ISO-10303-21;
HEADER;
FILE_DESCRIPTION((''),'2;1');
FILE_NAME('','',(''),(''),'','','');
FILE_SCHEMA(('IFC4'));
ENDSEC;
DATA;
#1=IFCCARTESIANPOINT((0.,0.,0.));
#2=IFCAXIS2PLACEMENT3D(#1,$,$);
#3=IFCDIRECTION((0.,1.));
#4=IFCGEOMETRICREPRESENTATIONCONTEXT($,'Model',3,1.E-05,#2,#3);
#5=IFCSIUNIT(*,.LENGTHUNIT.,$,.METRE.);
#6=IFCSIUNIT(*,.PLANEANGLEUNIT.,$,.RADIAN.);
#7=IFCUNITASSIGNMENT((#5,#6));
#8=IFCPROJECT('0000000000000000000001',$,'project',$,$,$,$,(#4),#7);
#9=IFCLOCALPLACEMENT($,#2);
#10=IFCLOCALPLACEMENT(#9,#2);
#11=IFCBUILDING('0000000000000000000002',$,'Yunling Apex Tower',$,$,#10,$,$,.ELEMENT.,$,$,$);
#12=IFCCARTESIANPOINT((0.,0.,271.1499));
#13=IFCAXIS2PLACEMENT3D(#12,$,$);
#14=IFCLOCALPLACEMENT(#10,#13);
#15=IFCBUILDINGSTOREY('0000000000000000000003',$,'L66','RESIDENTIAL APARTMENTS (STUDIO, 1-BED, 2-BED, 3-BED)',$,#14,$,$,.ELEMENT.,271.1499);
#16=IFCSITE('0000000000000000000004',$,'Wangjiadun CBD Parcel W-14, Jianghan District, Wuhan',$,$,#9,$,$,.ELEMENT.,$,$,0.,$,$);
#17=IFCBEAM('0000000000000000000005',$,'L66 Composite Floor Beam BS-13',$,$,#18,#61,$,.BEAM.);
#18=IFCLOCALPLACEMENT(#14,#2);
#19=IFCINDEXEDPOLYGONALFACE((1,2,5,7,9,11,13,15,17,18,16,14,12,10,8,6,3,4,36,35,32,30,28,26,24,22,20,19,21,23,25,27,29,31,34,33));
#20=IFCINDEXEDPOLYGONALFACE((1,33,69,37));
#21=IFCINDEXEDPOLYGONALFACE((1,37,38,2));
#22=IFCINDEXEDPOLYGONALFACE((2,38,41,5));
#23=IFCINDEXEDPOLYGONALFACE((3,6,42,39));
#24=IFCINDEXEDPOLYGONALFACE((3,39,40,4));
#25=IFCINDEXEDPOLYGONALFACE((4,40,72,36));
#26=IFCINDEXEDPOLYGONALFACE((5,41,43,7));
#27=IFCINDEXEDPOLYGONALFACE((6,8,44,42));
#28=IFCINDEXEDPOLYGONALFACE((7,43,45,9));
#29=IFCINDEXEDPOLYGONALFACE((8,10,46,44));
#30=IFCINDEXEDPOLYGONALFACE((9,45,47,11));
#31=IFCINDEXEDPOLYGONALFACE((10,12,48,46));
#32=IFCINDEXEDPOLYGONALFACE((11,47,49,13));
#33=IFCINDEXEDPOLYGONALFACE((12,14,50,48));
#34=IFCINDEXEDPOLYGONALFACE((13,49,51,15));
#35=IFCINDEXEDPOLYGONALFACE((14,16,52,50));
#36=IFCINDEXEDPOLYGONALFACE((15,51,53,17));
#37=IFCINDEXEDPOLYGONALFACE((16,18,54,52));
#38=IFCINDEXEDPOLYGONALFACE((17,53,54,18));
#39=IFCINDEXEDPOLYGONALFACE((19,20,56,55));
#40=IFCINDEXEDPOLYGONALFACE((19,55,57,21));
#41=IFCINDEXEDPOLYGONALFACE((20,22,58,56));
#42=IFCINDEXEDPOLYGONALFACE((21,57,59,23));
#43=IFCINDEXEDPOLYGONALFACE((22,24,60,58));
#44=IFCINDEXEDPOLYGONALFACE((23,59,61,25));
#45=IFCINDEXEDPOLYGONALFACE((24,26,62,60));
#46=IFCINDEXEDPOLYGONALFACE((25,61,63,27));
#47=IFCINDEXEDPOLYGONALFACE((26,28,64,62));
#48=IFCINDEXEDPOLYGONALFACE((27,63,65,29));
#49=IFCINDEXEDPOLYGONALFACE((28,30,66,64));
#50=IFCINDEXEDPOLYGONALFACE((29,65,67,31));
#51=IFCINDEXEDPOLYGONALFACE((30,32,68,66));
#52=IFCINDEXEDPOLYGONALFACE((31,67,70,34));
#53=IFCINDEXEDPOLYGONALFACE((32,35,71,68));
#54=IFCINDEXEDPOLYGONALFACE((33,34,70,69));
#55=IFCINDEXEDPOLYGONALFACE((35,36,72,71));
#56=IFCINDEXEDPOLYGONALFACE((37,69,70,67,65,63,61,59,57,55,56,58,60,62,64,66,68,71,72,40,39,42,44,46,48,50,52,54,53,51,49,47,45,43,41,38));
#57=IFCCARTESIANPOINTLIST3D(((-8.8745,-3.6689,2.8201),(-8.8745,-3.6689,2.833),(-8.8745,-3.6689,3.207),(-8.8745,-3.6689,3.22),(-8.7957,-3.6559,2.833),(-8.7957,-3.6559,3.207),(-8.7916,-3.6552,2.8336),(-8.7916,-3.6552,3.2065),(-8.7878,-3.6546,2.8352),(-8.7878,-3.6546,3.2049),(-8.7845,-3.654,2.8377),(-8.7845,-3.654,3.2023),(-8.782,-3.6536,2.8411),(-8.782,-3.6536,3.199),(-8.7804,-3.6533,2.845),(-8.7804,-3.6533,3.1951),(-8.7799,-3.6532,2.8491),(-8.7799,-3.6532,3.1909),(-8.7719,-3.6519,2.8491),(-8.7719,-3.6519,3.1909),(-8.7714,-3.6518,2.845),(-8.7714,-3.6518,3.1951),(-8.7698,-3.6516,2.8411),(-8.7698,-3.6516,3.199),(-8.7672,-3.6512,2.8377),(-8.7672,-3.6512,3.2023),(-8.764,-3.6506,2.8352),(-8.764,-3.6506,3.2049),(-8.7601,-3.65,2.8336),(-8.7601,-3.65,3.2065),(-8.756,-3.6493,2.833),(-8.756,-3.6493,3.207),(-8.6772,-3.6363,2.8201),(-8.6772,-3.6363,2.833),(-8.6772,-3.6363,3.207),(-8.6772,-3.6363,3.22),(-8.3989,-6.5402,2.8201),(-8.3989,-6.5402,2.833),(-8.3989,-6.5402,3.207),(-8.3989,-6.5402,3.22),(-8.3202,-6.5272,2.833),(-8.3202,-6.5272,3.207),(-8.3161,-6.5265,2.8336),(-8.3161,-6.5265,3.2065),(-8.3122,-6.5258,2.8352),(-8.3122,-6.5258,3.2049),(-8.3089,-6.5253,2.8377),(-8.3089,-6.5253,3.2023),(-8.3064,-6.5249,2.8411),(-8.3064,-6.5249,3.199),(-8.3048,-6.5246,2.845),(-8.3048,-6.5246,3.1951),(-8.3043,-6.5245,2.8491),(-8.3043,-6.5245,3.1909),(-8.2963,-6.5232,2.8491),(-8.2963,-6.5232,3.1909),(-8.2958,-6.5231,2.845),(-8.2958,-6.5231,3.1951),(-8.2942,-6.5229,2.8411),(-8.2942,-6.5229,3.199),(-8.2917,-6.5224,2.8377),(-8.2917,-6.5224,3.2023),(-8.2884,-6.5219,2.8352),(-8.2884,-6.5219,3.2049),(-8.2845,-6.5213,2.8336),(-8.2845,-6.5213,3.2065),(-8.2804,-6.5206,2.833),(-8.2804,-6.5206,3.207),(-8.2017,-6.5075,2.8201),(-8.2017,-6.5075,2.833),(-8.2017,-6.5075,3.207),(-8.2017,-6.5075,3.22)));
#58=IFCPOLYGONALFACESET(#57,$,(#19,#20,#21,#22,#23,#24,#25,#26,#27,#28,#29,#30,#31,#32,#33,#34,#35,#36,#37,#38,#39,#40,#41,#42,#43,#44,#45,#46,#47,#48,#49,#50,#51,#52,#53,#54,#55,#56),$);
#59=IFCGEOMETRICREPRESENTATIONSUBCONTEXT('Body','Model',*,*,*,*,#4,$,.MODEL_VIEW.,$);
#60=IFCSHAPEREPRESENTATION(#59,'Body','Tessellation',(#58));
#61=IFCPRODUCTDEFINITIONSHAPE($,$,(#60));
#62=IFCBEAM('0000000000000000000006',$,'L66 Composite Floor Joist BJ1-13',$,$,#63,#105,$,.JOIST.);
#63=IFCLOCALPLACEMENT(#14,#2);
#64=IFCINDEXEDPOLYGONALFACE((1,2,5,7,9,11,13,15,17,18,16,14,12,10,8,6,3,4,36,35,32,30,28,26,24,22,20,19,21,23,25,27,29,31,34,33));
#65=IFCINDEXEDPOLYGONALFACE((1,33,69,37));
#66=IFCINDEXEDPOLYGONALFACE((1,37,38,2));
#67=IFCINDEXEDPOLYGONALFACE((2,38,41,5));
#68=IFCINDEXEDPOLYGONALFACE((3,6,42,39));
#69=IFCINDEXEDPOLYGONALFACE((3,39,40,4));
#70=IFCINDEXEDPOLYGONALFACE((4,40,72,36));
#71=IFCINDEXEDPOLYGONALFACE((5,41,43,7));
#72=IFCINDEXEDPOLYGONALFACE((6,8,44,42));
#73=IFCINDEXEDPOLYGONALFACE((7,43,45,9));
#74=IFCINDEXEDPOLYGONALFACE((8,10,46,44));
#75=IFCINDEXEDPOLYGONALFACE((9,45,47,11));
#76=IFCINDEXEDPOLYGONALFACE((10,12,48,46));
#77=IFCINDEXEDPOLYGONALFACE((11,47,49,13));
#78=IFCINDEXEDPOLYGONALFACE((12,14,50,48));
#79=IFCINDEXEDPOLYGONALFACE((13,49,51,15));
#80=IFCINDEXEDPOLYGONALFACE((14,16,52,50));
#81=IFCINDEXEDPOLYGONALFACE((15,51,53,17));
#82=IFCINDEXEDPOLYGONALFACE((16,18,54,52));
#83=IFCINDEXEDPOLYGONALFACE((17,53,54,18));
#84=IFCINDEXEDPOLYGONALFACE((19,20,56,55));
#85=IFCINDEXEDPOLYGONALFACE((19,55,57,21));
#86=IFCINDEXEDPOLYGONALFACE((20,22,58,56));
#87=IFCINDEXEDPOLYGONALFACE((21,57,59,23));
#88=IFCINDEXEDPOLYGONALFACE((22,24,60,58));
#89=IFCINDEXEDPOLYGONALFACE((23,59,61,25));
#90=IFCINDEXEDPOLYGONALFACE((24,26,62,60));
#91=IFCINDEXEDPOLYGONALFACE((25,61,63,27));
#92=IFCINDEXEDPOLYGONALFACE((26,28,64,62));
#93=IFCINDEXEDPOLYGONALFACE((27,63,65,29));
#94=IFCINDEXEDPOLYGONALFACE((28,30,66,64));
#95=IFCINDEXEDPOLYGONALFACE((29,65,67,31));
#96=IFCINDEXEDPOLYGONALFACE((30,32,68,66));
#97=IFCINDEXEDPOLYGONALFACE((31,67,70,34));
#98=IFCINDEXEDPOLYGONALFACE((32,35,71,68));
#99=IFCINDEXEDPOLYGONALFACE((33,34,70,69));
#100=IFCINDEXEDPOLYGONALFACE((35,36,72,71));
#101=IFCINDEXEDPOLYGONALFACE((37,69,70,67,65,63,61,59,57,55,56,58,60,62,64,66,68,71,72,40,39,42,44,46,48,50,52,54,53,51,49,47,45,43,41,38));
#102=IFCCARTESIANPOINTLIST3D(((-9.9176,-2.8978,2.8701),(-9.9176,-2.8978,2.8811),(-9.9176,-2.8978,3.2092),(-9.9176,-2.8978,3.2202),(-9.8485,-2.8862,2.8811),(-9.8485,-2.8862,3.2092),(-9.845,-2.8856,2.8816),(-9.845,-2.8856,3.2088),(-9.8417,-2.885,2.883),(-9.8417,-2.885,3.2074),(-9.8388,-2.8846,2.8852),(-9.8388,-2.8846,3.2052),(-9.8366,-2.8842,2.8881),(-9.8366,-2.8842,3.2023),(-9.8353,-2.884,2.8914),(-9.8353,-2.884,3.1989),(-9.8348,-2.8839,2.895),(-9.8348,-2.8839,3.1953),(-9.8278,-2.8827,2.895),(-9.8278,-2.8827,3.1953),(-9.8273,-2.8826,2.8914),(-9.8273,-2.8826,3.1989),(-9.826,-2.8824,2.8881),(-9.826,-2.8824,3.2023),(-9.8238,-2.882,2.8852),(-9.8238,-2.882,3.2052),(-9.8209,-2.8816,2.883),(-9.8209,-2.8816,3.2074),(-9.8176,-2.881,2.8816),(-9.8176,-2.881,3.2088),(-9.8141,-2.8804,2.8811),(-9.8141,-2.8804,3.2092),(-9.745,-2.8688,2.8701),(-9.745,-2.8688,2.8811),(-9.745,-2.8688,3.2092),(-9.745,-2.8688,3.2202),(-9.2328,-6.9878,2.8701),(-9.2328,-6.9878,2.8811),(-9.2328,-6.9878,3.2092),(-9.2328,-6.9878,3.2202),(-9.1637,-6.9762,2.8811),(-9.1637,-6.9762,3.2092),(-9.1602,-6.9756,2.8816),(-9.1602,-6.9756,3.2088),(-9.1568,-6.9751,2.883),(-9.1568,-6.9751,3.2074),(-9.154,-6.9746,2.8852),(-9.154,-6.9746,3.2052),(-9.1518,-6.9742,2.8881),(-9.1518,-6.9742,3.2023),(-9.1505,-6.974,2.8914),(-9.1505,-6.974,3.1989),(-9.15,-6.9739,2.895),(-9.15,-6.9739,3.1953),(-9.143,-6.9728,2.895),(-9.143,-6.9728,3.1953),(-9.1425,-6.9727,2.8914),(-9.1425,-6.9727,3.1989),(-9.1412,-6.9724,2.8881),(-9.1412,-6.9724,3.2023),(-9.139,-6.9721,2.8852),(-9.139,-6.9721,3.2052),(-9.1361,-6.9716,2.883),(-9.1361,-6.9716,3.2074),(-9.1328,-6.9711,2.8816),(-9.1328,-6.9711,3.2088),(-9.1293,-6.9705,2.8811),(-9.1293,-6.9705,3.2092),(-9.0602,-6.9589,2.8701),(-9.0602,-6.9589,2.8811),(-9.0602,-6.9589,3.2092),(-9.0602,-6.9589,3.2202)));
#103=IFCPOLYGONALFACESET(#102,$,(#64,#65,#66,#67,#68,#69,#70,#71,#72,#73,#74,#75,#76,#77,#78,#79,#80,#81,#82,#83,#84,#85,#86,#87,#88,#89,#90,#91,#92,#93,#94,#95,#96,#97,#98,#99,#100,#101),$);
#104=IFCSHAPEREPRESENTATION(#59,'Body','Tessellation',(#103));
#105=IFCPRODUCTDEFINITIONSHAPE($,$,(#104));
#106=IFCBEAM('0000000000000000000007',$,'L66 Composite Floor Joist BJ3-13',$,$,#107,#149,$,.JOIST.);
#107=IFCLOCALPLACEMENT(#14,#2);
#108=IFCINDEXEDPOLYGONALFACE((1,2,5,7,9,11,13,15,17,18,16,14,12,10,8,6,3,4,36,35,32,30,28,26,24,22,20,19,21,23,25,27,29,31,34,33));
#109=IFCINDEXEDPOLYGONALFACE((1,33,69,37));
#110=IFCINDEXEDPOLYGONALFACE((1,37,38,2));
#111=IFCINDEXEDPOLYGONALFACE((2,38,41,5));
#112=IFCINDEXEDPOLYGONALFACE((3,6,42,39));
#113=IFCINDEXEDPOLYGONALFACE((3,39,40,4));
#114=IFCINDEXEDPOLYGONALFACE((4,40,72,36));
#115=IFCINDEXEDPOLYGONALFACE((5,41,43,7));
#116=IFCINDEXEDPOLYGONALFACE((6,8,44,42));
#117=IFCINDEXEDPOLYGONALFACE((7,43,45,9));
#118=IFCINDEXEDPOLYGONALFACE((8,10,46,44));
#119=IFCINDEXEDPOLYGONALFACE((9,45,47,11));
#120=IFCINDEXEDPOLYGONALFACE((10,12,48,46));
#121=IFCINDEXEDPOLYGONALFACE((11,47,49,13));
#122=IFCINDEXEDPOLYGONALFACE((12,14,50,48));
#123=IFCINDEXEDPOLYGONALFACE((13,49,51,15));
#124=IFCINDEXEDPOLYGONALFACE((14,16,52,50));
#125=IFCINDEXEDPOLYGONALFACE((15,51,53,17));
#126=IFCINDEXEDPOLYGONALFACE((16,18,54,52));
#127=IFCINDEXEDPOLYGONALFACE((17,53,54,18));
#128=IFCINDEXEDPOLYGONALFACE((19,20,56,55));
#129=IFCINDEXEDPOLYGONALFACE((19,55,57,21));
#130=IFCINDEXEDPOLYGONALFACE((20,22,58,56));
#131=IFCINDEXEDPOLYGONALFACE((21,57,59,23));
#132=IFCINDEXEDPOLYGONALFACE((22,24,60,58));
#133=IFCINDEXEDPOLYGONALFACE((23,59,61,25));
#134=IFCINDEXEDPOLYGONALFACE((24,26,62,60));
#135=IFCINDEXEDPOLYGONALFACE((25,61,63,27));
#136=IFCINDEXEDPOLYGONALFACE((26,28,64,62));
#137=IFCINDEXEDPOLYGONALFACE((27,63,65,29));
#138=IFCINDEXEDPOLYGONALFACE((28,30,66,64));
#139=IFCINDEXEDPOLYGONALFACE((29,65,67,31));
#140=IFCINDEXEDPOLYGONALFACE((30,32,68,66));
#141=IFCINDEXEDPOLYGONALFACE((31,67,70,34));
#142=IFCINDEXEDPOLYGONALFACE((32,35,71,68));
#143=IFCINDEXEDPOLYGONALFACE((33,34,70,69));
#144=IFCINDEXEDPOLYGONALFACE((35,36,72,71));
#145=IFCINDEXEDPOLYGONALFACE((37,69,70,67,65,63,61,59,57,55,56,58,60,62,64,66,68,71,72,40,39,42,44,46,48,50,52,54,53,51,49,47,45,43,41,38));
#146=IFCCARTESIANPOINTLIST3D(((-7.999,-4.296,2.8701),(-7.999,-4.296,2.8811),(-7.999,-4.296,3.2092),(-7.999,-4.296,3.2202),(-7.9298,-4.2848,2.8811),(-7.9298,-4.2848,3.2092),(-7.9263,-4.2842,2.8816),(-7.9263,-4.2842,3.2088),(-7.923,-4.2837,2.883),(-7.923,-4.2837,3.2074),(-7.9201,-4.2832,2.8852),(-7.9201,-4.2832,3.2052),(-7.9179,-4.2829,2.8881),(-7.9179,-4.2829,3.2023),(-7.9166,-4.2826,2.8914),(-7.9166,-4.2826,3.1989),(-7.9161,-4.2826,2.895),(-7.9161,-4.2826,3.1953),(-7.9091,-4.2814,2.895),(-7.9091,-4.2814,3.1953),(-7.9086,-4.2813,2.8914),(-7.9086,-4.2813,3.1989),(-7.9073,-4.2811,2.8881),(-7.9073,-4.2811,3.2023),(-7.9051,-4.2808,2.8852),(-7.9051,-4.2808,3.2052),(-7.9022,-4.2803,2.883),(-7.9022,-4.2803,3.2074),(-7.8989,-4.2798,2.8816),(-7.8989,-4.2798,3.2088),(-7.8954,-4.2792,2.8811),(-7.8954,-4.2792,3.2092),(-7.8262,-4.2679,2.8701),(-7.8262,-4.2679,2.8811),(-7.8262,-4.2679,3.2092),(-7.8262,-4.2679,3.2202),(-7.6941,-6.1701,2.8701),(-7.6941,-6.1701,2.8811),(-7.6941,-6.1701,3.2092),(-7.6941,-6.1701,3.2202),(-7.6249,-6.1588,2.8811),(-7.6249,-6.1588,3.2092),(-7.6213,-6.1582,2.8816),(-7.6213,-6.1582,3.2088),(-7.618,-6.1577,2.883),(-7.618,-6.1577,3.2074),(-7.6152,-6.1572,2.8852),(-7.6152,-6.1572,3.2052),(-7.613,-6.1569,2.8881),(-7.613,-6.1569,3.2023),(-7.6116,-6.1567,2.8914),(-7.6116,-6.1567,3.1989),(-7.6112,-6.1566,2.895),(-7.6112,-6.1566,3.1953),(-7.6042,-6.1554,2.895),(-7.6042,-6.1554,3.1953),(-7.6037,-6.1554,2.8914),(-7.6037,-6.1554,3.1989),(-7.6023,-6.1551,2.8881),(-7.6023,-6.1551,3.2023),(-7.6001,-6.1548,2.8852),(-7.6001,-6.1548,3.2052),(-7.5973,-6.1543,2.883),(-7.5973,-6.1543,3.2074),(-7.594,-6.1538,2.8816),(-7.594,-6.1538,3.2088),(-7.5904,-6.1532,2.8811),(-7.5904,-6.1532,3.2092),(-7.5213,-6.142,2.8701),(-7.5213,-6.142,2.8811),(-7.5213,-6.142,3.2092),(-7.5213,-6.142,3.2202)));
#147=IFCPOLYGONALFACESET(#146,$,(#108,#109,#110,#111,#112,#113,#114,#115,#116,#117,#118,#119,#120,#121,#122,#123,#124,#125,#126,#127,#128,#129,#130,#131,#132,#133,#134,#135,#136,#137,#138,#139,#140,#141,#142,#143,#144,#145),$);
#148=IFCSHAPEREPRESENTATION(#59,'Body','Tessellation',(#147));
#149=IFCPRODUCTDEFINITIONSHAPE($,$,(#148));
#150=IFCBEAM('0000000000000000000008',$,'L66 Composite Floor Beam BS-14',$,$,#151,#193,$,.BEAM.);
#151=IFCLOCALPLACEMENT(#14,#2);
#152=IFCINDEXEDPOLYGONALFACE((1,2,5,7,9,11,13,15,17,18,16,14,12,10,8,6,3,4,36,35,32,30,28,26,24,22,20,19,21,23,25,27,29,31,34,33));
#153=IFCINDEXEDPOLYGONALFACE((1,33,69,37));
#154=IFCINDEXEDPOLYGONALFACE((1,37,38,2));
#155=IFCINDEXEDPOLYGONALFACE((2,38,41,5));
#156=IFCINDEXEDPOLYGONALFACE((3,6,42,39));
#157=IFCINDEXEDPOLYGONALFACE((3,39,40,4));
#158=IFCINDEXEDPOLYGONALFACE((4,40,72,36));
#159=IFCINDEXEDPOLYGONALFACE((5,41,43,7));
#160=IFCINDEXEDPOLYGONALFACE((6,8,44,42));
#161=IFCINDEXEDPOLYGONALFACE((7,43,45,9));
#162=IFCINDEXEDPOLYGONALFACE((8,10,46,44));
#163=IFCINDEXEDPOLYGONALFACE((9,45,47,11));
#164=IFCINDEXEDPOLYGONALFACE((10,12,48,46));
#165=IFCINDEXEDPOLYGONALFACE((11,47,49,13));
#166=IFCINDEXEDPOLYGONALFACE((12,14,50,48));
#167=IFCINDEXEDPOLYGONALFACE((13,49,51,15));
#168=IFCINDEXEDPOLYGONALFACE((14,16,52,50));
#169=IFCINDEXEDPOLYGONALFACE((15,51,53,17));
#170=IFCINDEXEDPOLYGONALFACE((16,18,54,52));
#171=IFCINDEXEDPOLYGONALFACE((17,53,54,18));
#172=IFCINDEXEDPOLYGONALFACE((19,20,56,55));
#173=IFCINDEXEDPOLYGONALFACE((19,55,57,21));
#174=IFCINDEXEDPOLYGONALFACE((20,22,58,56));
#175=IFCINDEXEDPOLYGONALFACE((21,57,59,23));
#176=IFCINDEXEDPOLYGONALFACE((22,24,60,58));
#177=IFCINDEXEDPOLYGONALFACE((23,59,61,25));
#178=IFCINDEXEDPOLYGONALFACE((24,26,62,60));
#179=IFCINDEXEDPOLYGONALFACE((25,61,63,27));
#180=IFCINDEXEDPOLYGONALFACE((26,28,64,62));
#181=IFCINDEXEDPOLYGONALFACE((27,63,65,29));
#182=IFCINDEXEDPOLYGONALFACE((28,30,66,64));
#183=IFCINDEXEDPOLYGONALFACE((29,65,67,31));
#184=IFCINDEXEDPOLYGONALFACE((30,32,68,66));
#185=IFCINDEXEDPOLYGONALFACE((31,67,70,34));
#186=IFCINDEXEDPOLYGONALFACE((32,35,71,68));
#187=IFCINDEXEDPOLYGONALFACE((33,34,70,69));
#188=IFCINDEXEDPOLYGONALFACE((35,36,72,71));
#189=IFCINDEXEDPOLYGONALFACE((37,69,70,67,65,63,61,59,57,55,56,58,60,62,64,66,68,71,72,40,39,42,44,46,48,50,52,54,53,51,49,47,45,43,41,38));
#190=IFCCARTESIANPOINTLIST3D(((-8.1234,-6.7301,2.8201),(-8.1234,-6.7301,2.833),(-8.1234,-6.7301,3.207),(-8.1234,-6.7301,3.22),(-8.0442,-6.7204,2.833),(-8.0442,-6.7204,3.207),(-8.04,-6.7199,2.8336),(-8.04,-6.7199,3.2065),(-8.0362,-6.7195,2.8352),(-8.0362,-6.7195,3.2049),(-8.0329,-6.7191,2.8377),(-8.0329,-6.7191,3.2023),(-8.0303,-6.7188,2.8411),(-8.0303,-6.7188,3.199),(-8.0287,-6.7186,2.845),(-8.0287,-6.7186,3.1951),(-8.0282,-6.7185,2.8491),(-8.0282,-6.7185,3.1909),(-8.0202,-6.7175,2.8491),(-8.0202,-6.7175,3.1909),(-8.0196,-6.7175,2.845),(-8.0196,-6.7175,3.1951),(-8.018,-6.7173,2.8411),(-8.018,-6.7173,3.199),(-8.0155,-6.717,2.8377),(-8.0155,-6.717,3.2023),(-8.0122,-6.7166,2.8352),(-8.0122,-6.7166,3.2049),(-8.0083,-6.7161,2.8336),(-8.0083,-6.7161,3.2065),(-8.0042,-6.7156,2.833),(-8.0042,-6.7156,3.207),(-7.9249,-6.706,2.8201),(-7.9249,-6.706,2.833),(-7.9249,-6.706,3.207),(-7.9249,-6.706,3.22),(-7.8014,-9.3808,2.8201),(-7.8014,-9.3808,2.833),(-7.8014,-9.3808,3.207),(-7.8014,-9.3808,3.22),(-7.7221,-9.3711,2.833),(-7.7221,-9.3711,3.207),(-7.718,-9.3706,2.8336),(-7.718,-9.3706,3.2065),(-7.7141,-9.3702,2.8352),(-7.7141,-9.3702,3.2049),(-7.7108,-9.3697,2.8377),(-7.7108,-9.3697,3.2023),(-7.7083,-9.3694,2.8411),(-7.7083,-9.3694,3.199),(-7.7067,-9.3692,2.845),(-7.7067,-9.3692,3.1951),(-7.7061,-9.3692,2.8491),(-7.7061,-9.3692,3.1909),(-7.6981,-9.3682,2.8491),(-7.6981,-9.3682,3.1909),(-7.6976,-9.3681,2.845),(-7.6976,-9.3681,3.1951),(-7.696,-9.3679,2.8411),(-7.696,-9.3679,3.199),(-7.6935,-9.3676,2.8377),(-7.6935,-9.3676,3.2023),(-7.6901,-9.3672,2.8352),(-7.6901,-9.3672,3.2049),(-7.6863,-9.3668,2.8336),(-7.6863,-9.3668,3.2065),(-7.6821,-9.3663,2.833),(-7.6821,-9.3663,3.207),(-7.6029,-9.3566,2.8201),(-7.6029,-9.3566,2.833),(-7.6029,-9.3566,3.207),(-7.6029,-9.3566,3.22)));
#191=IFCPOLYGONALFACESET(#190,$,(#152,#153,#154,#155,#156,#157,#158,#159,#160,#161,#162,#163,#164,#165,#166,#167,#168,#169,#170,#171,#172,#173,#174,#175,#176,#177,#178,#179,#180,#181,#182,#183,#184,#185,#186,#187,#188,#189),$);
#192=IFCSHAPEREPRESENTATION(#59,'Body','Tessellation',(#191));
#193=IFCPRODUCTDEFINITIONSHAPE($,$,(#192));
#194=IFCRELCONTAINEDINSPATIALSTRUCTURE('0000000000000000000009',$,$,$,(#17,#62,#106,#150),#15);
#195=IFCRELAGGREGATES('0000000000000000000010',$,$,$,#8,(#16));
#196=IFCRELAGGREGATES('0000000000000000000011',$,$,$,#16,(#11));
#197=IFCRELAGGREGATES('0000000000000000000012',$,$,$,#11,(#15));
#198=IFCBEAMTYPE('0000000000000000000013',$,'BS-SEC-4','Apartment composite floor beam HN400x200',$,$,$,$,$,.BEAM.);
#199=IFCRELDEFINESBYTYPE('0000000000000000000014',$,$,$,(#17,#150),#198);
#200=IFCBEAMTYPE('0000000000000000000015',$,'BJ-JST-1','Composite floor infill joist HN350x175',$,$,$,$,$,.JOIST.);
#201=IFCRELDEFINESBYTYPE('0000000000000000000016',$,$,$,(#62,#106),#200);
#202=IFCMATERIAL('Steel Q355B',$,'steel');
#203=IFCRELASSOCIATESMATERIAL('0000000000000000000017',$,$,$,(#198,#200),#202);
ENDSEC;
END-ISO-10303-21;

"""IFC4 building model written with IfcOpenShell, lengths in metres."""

from ifc_helpers import new_model, si_unit, direction, frame, origin, origin_2d, place, context, subcontext, project, spatial, i_section, extrude, source, transform, mapped, material, material_profile, profile_set, type_object, element, save


model = new_model("IFC4")

# Units and contexts
model_context = context("Model", 3, precision=1e-05, world=origin(), true_north=direction((0.0, 1.0)))
body_context = subcontext(model_context, "Body", "Model", "MODEL_VIEW")
ifc_project = project(units=[si_unit("LENGTHUNIT", "METRE"), si_unit("PLANEANGLEUNIT", "RADIAN")], contexts=[model_context])

# Site, building, storey
site_placement = place(None, origin())
site = spatial("IfcSite", under=ifc_project, at=site_placement, Name="Wangjiadun CBD Parcel W-14, Jianghan District, Wuhan", CompositionType="ELEMENT", RefElevation=0.0)
building_placement = place(site_placement, origin())
building = spatial("IfcBuilding", under=site, at=building_placement, Name="Yunling Apex Tower", CompositionType="ELEMENT")
storey_placement = place(building_placement, frame((0.0, 0.0, 271.1499)))
storey = spatial("IfcBuildingStorey", under=building, at=storey_placement, Name="L66", Description="RESIDENTIAL APARTMENTS (STUDIO, 1-BED, 2-BED, 3-BED)", CompositionType="ELEMENT", Elevation=271.1499)

# Shared definitions
ifc_material_1 = material(Name="Steel Q355B", Category="steel")

# Beams
ifc_material_profile_1 = material_profile(ifc_material_1, i_section(OverallWidth=0.2, OverallDepth=0.3999, WebThickness=0.0081, FlangeThickness=0.0129, FilletRadius=0.0161, at=origin_2d()))
ifc_profile_set_1 = profile_set([ifc_material_profile_1], Name="Steel Q355B")
beam_type_1 = type_object("IfcBeamType", Name="BS-SEC-4", Description="Apartment composite floor beam HN400x200", PredefinedType="BEAM", material=ifc_profile_set_1)
shared_shape_1 = source(origin(), body_context, "Body", "SweptSolid", [
    extrude(i_section(OverallWidth=0.2, OverallDepth=0.3999, WebThickness=0.0081, FlangeThickness=0.0129, FilletRadius=0.0161, at=origin_2d()), origin(), (0.0, 0.0, 1.0), 2.9104),
])
beam_1_placement = place(storey_placement, frame((-8.7759, -3.6526, 3.02), z_axis=(0.163406, -0.986559, 0.0), x_axis=(0.986559, 0.163406, 0.0)))
element("IfcBeam", 1, at=beam_1_placement, inside=storey, type_object=beam_type_1, Name="L66 Composite Floor Beam BS-13", PredefinedType="BEAM", context=body_context, shape_type="MappedRepresentation", body=[
    mapped(shared_shape_1, transform((0.0, 0.0, 0.0), scale=1.0)),
])
ifc_material_profile_2 = material_profile(ifc_material_1, i_section(OverallWidth=0.175, OverallDepth=0.3501, WebThickness=0.0071, FlangeThickness=0.011, FilletRadius=0.0139, at=origin_2d()))
ifc_profile_set_2 = profile_set([ifc_material_profile_2], Name="Steel Q355B")
beam_type_2 = type_object("IfcBeamType", Name="BJ-JST-1", Description="Composite floor infill joist HN350x175", PredefinedType="JOIST", material=ifc_profile_set_2)
shared_shape_2 = source(origin(), body_context, "Body", "SweptSolid", [
    extrude(i_section(OverallWidth=0.175, OverallDepth=0.3501, WebThickness=0.0071, FlangeThickness=0.011, FilletRadius=0.0139, at=origin_2d()), origin(), (0.0, 0.0, 1.0), 4.147),
])
beam_2_placement = place(storey_placement, frame((-9.8313, -2.8833, 3.0452), z_axis=(0.165134, -0.986271, 0.0), x_axis=(0.986271, 0.165134, 0.0)))
element("IfcBeam", 2, at=beam_2_placement, inside=storey, type_object=beam_type_2, Name="L66 Composite Floor Joist BJ1-13", PredefinedType="JOIST", context=body_context, shape_type="MappedRepresentation", body=[
    mapped(shared_shape_2, transform((0.0, 0.0, 0.0), scale=1.0)),
])
shared_shape_3 = source(origin(), body_context, "Body", "SweptSolid", [
    extrude(i_section(OverallWidth=0.175, OverallDepth=0.3501, WebThickness=0.0071, FlangeThickness=0.011, FilletRadius=0.0139, at=origin_2d()), origin(), (0.0, 0.0, 1.0), 1.8987),
])
beam_3_placement = place(storey_placement, frame((-7.9126, -4.282, 3.0452), z_axis=(0.160603, -0.987019, 0.0), x_axis=(0.987019, 0.160603, 0.0)))
element("IfcBeam", 3, at=beam_3_placement, inside=storey, type_object=beam_type_2, Name="L66 Composite Floor Joist BJ3-13", PredefinedType="JOIST", context=body_context, shape_type="MappedRepresentation", body=[
    mapped(shared_shape_3, transform((0.0, 0.0, 0.0), scale=1.0)),
])
shared_shape_4 = source(origin(), body_context, "Body", "SweptSolid", [
    extrude(i_section(OverallWidth=0.2, OverallDepth=0.3999, WebThickness=0.0081, FlangeThickness=0.0129, FilletRadius=0.0161, at=origin_2d()), origin(), (0.0, 0.0, 1.0), 2.6702),
])
beam_4_placement = place(storey_placement, frame((-8.0242, -6.718, 3.02), z_axis=(0.120602, -0.992701, 0.0), x_axis=(0.992701, 0.120602, 0.0)))
element("IfcBeam", 4, at=beam_4_placement, inside=storey, type_object=beam_type_1, Name="L66 Composite Floor Beam BS-14", PredefinedType="BEAM", context=body_context, shape_type="MappedRepresentation", body=[
    mapped(shared_shape_4, transform((0.0, 0.0, 0.0), scale=1.0)),
])

save(model, "model.ifc")
